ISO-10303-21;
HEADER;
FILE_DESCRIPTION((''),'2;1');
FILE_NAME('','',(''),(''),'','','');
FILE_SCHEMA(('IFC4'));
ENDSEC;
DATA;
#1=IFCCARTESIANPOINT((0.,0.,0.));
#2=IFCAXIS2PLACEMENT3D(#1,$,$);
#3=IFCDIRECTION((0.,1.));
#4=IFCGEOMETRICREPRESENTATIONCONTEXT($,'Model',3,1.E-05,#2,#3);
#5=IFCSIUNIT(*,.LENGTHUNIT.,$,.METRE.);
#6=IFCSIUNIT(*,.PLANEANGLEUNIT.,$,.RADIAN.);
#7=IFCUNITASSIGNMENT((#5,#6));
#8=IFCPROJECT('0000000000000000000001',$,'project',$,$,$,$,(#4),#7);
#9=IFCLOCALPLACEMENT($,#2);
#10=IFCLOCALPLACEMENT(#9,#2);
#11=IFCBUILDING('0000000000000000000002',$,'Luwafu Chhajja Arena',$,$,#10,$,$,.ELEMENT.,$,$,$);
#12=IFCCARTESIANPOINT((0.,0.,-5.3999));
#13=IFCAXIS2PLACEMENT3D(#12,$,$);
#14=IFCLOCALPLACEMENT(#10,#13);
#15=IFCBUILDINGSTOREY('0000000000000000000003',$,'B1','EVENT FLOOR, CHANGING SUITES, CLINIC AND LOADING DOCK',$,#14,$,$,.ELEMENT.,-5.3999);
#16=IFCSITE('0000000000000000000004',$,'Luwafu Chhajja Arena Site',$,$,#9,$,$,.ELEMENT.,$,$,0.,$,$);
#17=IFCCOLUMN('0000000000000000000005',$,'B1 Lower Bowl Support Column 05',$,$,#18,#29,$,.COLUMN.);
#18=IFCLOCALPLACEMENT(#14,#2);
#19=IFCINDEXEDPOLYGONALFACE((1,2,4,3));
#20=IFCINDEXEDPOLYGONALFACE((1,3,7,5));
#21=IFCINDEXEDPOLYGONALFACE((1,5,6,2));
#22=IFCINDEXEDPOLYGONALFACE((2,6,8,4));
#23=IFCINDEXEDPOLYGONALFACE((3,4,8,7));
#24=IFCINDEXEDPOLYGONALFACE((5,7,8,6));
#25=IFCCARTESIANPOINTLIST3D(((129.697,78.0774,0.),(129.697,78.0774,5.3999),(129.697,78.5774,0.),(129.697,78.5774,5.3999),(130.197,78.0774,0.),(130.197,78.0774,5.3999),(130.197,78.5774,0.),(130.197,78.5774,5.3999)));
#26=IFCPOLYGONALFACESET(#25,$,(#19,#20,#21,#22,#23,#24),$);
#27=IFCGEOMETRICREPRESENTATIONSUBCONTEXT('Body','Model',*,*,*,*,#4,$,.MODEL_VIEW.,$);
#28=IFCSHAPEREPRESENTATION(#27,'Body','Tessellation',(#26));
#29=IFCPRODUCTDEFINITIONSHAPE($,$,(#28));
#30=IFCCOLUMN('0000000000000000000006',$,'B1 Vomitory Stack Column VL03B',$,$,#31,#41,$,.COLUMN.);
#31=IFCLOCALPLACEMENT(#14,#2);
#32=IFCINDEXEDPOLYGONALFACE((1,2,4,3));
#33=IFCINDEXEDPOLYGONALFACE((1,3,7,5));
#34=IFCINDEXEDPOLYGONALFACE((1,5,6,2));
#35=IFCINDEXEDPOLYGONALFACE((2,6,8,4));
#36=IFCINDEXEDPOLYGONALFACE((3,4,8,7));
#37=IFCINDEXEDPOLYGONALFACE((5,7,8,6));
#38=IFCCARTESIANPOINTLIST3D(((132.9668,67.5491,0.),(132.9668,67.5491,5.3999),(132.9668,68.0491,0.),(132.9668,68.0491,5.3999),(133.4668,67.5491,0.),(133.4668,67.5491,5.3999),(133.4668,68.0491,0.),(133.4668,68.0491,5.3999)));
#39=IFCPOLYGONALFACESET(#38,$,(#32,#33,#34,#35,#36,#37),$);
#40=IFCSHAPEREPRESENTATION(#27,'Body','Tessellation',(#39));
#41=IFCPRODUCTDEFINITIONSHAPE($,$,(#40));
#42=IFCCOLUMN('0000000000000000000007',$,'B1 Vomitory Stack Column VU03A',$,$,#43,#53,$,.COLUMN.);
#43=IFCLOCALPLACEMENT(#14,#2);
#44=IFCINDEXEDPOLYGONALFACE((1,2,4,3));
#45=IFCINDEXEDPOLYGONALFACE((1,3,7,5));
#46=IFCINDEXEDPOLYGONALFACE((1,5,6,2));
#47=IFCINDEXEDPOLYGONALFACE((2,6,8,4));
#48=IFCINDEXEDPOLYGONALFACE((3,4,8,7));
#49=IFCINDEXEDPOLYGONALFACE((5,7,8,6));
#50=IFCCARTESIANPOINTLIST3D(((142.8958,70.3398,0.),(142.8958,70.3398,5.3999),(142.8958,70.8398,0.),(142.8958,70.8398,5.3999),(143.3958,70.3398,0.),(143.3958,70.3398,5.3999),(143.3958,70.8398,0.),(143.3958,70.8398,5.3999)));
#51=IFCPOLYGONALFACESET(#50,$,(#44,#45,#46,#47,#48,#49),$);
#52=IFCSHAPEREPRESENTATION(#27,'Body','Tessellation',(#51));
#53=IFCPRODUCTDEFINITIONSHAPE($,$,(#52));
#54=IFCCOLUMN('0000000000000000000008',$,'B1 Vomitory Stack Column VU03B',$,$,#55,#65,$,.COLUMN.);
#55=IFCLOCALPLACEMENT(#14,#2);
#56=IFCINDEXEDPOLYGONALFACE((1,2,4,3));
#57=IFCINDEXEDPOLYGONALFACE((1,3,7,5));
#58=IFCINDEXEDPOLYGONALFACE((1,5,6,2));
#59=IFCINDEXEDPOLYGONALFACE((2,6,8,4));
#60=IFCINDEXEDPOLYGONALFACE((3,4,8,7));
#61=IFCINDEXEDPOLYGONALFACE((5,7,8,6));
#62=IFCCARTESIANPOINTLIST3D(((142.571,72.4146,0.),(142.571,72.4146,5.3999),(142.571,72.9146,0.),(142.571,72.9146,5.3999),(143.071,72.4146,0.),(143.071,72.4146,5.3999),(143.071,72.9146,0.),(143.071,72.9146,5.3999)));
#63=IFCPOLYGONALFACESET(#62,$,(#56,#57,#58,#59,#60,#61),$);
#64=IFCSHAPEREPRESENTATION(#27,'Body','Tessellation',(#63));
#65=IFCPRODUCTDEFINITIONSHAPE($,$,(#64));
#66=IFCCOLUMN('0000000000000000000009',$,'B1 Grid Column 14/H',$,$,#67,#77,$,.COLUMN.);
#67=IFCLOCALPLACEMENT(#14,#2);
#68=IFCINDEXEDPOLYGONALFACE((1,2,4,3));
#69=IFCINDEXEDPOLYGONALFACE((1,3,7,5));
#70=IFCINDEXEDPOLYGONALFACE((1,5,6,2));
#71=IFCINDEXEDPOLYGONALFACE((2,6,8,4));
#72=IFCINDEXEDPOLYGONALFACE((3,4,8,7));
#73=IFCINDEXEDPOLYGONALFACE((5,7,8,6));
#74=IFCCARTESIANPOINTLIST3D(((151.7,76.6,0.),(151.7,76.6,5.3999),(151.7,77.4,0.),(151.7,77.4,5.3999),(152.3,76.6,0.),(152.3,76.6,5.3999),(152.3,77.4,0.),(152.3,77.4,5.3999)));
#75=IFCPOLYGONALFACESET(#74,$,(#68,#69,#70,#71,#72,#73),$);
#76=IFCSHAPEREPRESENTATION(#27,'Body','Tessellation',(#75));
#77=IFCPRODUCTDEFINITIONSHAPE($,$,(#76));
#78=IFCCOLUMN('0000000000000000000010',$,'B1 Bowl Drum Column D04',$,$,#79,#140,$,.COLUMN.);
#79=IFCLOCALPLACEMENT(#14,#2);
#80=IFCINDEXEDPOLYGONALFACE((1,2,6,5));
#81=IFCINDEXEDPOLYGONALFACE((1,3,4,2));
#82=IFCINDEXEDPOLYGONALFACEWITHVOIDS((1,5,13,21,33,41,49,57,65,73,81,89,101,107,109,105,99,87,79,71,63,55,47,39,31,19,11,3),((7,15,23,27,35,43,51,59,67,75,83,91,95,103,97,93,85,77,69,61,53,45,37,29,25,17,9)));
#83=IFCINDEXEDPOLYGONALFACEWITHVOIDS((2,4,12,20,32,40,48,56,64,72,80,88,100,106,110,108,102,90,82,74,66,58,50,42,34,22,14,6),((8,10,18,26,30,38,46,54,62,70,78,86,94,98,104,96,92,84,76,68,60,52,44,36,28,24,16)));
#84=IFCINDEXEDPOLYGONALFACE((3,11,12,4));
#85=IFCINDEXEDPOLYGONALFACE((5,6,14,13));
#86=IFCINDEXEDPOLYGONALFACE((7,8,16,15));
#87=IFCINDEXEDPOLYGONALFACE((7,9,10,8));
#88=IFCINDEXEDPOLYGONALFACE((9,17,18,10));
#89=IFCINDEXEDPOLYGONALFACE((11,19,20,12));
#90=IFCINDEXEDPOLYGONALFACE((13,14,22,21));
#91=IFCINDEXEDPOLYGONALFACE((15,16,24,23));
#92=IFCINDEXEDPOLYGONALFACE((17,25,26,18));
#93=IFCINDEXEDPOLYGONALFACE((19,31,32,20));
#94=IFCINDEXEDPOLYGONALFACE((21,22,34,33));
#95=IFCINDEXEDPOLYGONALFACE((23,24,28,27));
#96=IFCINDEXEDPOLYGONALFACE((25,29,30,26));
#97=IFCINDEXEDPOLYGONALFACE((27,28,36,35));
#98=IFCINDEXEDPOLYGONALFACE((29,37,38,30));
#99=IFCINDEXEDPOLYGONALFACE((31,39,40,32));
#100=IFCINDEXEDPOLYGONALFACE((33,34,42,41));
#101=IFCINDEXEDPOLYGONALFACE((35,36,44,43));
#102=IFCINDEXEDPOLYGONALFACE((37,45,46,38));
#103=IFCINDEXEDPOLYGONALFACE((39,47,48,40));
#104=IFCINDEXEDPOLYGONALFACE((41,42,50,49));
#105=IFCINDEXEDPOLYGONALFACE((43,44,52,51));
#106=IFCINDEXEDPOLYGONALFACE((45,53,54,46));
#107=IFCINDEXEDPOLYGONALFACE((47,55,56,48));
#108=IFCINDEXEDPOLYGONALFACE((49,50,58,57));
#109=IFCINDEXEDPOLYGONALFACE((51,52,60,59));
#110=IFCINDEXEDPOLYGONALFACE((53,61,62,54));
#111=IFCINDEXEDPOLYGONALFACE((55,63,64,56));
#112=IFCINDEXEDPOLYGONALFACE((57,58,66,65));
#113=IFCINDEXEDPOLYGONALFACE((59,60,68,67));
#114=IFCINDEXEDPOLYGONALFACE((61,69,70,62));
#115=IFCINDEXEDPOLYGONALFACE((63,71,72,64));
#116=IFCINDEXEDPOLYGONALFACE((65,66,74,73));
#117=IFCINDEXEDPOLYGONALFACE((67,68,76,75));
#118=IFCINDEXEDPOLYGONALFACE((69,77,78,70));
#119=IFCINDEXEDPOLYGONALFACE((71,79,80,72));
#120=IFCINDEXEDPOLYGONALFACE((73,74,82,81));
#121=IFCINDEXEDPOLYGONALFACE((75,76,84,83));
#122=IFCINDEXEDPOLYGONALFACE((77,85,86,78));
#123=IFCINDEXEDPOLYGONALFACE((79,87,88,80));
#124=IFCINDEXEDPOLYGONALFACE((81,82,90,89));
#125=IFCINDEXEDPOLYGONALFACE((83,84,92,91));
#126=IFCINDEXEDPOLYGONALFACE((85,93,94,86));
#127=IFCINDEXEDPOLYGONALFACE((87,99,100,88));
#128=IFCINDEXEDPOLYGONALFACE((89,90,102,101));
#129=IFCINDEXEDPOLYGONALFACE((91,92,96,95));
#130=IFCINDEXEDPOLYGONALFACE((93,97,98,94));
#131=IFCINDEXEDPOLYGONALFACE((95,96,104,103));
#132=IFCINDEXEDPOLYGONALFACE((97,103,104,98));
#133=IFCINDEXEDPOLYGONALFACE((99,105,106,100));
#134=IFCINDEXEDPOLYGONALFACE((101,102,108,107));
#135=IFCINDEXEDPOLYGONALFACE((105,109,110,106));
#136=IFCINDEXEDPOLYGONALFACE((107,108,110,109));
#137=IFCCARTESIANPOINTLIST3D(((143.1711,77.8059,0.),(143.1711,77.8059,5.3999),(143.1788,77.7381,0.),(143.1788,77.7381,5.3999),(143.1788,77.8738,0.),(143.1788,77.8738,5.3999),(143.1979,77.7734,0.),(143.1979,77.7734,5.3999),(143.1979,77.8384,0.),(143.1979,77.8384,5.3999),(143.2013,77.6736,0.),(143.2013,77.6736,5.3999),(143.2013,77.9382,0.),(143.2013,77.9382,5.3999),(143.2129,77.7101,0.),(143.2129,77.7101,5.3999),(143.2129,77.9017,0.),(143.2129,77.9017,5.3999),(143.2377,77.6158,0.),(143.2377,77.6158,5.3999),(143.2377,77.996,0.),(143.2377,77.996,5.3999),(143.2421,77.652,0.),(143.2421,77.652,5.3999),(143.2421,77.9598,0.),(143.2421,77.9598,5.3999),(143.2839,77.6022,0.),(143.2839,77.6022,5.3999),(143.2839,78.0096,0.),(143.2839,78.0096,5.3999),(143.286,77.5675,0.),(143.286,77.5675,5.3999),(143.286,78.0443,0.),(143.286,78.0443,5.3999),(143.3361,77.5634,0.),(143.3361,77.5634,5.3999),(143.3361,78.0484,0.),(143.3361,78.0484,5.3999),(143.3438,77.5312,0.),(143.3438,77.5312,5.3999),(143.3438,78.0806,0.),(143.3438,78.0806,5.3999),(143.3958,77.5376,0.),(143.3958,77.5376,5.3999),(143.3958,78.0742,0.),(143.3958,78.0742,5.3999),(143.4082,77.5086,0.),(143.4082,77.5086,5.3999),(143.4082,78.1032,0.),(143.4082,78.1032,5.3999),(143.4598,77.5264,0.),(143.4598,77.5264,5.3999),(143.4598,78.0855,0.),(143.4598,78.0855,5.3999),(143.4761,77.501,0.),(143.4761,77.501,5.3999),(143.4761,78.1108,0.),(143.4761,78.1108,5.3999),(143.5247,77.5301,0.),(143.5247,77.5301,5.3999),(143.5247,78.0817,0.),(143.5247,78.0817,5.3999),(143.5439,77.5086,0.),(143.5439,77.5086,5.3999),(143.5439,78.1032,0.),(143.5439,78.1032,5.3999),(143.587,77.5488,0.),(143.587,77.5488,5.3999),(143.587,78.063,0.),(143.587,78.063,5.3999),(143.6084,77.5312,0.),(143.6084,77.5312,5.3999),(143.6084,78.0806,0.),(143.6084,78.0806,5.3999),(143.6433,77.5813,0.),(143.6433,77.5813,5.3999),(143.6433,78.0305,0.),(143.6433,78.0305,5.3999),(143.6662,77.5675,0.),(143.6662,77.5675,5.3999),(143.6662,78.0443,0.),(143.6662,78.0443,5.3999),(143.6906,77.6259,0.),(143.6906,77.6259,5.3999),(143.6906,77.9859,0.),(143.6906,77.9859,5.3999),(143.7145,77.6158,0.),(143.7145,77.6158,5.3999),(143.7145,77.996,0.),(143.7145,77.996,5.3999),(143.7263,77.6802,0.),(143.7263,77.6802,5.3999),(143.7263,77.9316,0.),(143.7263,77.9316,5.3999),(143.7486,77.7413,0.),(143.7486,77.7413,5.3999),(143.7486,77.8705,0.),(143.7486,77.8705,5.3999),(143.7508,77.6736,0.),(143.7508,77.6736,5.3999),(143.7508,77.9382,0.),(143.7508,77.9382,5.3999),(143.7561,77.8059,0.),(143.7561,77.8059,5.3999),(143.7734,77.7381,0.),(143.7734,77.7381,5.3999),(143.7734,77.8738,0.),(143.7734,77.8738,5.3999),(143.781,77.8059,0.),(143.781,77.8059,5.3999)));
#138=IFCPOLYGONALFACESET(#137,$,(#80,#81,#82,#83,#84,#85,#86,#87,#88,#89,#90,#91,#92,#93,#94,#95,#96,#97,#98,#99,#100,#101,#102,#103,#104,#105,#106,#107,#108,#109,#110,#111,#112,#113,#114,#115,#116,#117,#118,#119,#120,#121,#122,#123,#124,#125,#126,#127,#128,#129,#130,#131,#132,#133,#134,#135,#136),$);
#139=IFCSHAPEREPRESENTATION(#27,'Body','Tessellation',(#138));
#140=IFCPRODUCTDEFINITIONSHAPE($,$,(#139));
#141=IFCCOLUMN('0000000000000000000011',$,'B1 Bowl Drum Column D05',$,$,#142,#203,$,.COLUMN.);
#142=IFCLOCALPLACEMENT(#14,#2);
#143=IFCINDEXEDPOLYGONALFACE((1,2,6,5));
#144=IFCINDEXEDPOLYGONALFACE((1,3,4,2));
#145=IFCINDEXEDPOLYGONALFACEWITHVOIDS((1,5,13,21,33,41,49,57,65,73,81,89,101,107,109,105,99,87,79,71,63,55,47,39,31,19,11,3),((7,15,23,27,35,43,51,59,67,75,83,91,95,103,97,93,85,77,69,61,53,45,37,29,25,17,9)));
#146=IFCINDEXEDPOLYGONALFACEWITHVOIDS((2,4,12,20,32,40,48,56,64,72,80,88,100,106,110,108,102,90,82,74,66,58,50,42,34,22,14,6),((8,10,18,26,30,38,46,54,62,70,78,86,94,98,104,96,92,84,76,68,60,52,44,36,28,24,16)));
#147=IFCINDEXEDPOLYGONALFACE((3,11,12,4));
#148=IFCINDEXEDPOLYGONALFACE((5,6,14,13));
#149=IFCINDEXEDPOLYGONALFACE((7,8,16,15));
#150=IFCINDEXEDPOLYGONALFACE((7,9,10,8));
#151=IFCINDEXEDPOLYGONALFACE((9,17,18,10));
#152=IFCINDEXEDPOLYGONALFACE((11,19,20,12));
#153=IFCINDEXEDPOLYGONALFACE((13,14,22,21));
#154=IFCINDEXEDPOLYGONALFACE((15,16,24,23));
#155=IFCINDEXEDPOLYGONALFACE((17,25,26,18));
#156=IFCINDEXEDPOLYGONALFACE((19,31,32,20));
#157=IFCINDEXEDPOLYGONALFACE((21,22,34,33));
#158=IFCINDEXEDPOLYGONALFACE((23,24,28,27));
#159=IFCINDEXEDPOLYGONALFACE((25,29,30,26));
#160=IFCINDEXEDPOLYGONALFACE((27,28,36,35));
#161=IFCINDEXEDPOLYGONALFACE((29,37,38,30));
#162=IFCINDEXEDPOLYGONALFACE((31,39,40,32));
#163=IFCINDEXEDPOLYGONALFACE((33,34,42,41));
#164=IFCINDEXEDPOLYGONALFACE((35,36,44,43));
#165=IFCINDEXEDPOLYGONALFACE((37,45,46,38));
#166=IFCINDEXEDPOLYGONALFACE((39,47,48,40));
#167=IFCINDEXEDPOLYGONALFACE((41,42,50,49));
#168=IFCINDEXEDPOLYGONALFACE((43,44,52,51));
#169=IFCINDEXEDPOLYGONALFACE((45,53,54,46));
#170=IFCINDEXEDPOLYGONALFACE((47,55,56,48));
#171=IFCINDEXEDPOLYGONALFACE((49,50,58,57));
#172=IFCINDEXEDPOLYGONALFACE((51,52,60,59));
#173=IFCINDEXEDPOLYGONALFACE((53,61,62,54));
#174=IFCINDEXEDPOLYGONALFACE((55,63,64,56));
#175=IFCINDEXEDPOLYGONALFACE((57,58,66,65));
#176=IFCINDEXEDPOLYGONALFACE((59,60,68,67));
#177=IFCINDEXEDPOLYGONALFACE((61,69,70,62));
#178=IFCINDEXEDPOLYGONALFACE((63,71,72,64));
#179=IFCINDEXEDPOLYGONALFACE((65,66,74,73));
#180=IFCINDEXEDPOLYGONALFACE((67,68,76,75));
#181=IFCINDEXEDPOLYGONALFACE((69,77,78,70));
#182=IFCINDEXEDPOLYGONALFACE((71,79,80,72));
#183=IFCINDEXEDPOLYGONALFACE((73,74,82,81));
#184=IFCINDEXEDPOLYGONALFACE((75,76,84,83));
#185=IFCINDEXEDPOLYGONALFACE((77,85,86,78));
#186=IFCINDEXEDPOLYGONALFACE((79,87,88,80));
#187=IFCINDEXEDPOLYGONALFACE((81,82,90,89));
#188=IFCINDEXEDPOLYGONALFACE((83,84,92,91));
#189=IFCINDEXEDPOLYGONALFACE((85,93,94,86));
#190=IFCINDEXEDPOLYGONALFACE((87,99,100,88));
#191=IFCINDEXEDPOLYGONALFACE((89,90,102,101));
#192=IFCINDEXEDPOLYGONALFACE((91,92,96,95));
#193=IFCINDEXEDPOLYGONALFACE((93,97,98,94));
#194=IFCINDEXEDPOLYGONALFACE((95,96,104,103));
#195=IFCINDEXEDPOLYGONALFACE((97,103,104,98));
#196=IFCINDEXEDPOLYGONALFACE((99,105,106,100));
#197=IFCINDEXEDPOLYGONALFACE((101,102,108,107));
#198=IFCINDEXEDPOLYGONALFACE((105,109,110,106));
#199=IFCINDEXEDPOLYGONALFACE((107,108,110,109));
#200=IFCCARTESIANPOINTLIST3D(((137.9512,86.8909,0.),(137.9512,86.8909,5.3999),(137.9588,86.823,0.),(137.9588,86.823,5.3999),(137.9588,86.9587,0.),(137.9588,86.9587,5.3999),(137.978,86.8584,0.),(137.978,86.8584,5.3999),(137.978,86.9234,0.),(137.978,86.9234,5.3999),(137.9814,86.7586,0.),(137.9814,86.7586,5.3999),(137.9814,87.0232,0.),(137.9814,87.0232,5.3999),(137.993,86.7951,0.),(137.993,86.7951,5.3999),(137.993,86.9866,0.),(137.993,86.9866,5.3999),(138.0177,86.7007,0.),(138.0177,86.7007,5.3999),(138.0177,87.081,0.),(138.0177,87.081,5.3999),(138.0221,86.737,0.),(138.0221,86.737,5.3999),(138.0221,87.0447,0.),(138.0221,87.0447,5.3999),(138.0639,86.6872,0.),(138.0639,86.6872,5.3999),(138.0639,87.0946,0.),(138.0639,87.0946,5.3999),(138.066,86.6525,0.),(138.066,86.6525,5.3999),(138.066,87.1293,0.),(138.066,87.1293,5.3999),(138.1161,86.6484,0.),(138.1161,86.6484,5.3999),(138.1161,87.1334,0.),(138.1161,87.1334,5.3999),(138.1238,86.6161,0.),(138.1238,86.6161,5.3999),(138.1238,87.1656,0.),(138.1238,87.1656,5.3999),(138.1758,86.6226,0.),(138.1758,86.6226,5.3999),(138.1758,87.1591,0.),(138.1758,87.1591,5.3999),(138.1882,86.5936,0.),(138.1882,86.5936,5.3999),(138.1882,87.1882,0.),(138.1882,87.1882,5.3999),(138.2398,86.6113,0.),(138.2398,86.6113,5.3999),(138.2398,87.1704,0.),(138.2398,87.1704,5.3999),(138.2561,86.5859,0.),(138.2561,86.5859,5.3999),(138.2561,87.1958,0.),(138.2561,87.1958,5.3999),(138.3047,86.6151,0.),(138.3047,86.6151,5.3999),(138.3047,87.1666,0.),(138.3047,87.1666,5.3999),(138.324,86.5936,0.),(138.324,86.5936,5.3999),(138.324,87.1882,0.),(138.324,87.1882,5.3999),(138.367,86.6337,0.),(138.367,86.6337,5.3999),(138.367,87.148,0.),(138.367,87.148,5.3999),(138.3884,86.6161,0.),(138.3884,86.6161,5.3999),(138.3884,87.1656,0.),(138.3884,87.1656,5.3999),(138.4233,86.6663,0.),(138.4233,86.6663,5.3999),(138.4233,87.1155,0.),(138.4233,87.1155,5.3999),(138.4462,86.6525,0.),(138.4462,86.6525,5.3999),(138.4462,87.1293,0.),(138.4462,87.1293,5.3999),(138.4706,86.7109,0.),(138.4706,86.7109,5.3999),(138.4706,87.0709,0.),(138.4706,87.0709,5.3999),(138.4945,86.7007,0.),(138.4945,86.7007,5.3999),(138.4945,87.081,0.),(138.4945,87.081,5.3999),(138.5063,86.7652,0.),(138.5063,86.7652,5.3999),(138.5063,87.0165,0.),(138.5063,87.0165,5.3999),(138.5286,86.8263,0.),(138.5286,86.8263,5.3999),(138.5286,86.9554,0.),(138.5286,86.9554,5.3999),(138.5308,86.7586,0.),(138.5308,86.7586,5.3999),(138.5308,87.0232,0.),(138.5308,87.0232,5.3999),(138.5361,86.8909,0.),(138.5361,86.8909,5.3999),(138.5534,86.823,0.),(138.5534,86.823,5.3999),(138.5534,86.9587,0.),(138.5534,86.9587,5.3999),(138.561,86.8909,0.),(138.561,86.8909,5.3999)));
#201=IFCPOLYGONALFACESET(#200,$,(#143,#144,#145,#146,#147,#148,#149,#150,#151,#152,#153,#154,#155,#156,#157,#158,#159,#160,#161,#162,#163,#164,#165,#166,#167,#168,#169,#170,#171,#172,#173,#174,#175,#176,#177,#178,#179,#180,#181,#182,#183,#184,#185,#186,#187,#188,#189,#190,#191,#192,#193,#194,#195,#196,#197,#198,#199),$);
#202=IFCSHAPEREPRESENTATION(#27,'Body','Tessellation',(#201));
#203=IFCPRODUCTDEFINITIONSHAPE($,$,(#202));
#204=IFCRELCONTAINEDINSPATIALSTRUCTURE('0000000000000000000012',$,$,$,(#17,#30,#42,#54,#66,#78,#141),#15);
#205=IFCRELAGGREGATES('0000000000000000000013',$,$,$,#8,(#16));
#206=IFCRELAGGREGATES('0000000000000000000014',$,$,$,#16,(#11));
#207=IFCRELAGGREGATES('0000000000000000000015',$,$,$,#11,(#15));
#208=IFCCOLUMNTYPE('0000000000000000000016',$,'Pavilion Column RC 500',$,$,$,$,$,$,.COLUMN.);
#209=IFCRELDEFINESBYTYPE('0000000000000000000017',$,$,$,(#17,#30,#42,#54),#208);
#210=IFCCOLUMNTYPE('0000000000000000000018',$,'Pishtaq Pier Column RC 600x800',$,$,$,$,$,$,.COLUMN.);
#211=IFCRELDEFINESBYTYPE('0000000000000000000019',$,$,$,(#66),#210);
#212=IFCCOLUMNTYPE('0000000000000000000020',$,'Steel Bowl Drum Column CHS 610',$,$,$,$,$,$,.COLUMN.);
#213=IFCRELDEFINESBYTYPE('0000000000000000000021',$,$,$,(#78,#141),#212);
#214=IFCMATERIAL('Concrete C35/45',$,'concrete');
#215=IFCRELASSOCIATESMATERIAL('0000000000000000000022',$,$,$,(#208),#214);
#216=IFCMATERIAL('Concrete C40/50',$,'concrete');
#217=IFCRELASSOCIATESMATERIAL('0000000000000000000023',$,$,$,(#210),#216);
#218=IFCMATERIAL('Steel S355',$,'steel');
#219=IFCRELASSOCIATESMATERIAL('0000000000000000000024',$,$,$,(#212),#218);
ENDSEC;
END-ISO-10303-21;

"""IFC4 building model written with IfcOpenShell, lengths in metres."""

from ifc_helpers import new_model, si_unit, direction, frame, origin, origin_2d, place, context, subcontext, project, spatial, rectangle, hollow_circle, extrude, material, material_profile, profile_set, type_object, element, save


model = new_model("IFC4")

# Units and contexts
model_context = context("Model", 3, precision=1e-05, world=origin(), true_north=direction((0.0, 1.0)))
body_context = subcontext(model_context, "Body", "Model", "MODEL_VIEW")
ifc_project = project(units=[si_unit("LENGTHUNIT", "METRE"), si_unit("PLANEANGLEUNIT", "RADIAN")], contexts=[model_context])

# Site, building, storey
site_placement = place(None, origin())
site = spatial("IfcSite", under=ifc_project, at=site_placement, Name="Luwafu Chhajja Arena Site", CompositionType="ELEMENT", RefElevation=0.0)
building_placement = place(site_placement, origin())
building = spatial("IfcBuilding", under=site, at=building_placement, Name="Luwafu Chhajja Arena", CompositionType="ELEMENT")
storey_placement = place(building_placement, frame((0.0, 0.0, -5.3999)))
storey = spatial("IfcBuildingStorey", under=building, at=storey_placement, Name="B1", Description="EVENT FLOOR, CHANGING SUITES, CLINIC AND LOADING DOCK", CompositionType="ELEMENT", Elevation=-5.3999)

# Shared definitions
ifc_material_1 = material(Name="Concrete C35/45", Category="concrete")

# Columns
ifc_material_2 = material(Name="Concrete C40/50", Category="concrete")
ifc_material_profile_1 = material_profile(ifc_material_1, rectangle(XDim=0.5, YDim=0.5, at=origin_2d()), Name="RC 500x500")
ifc_profile_set_1 = profile_set([ifc_material_profile_1], Name="Concrete C35/45")
column_type_1 = type_object("IfcColumnType", Name="Pavilion Column RC 500", PredefinedType="COLUMN", material=ifc_profile_set_1)
for number, where, z_axis, x_axis, name in (
    (1, (129.947, 78.3274, 0.0), (0.0, 0.0, 1.0), (1.0, 0.0, 0.0), "B1 Lower Bowl Support Column 05"),
    (2, (133.2168, 67.7991, 0.0), (0.0, 0.0, 1.0), (1.0, 0.0, 0.0), "B1 Vomitory Stack Column VL03B"),
    (3, (143.1458, 70.5898, 0.0), (0.0, 0.0, 1.0), (1.0, 0.0, 0.0), "B1 Vomitory Stack Column VU03A"),
    (4, (142.821, 72.6646, 0.0), (0.0, 0.0, 1.0), (1.0, 0.0, 0.0), "B1 Vomitory Stack Column VU03B"),
):
    element("IfcColumn", number, at=place(storey_placement, frame(where, z_axis=z_axis, x_axis=x_axis)), inside=storey, type_object=column_type_1, Name=name, PredefinedType="COLUMN", context=body_context, shape_type="SweptSolid", body=[
        extrude(rectangle(XDim=0.5, YDim=0.5, at=origin_2d()), origin(), (0.0, 0.0, 1.0), 5.3999),
    ])
ifc_material_profile_2 = material_profile(ifc_material_2, rectangle(XDim=0.6001, YDim=0.8, at=origin_2d()), Name="RC 600x800")
ifc_profile_set_2 = profile_set([ifc_material_profile_2], Name="Concrete C40/50")
column_type_2 = type_object("IfcColumnType", Name="Pishtaq Pier Column RC 600x800", PredefinedType="COLUMN", material=ifc_profile_set_2)
column_1_placement = place(storey_placement, frame((152.0, 77.0, 0.0), z_axis=(0.0, 0.0, 1.0), x_axis=(1.0, 0.0, 0.0)))
element("IfcColumn", 5, at=column_1_placement, inside=storey, type_object=column_type_2, Name="B1 Grid Column 14/H", PredefinedType="COLUMN", context=body_context, shape_type="SweptSolid", body=[
    extrude(rectangle(XDim=0.6001, YDim=0.8, at=origin_2d()), origin(), (0.0, 0.0, 1.0), 5.3999),
])
ifc_material_3 = material(Name="Steel S355", Category="steel")
ifc_material_profile_3 = material_profile(ifc_material_3, hollow_circle(Radius=0.3049, WallThickness=0.0249, at=origin_2d()), Name="CHS 610x25")
ifc_profile_set_3 = profile_set([ifc_material_profile_3], Name="Steel S355")
column_type_3 = type_object("IfcColumnType", Name="Steel Bowl Drum Column CHS 610", PredefinedType="COLUMN", material=ifc_profile_set_3)
for number, where, z_axis, x_axis, name in (
    (6, (143.4761, 77.8059, 0.0), (0.0, 0.0, 1.0), (1.0, 0.0, 0.0), "B1 Bowl Drum Column D04"),
    (7, (138.2561, 86.8909, 0.0), (0.0, 0.0, 1.0), (1.0, 0.0, 0.0), "B1 Bowl Drum Column D05"),
):
    element("IfcColumn", number, at=place(storey_placement, frame(where, z_axis=z_axis, x_axis=x_axis)), inside=storey, type_object=column_type_3, Name=name, PredefinedType="COLUMN", context=body_context, shape_type="SweptSolid", body=[
        extrude(hollow_circle(Radius=0.3049, WallThickness=0.0249, at=origin_2d()), origin(), (0.0, 0.0, 1.0), 5.3999),
    ])

save(model, "model.ifc")
